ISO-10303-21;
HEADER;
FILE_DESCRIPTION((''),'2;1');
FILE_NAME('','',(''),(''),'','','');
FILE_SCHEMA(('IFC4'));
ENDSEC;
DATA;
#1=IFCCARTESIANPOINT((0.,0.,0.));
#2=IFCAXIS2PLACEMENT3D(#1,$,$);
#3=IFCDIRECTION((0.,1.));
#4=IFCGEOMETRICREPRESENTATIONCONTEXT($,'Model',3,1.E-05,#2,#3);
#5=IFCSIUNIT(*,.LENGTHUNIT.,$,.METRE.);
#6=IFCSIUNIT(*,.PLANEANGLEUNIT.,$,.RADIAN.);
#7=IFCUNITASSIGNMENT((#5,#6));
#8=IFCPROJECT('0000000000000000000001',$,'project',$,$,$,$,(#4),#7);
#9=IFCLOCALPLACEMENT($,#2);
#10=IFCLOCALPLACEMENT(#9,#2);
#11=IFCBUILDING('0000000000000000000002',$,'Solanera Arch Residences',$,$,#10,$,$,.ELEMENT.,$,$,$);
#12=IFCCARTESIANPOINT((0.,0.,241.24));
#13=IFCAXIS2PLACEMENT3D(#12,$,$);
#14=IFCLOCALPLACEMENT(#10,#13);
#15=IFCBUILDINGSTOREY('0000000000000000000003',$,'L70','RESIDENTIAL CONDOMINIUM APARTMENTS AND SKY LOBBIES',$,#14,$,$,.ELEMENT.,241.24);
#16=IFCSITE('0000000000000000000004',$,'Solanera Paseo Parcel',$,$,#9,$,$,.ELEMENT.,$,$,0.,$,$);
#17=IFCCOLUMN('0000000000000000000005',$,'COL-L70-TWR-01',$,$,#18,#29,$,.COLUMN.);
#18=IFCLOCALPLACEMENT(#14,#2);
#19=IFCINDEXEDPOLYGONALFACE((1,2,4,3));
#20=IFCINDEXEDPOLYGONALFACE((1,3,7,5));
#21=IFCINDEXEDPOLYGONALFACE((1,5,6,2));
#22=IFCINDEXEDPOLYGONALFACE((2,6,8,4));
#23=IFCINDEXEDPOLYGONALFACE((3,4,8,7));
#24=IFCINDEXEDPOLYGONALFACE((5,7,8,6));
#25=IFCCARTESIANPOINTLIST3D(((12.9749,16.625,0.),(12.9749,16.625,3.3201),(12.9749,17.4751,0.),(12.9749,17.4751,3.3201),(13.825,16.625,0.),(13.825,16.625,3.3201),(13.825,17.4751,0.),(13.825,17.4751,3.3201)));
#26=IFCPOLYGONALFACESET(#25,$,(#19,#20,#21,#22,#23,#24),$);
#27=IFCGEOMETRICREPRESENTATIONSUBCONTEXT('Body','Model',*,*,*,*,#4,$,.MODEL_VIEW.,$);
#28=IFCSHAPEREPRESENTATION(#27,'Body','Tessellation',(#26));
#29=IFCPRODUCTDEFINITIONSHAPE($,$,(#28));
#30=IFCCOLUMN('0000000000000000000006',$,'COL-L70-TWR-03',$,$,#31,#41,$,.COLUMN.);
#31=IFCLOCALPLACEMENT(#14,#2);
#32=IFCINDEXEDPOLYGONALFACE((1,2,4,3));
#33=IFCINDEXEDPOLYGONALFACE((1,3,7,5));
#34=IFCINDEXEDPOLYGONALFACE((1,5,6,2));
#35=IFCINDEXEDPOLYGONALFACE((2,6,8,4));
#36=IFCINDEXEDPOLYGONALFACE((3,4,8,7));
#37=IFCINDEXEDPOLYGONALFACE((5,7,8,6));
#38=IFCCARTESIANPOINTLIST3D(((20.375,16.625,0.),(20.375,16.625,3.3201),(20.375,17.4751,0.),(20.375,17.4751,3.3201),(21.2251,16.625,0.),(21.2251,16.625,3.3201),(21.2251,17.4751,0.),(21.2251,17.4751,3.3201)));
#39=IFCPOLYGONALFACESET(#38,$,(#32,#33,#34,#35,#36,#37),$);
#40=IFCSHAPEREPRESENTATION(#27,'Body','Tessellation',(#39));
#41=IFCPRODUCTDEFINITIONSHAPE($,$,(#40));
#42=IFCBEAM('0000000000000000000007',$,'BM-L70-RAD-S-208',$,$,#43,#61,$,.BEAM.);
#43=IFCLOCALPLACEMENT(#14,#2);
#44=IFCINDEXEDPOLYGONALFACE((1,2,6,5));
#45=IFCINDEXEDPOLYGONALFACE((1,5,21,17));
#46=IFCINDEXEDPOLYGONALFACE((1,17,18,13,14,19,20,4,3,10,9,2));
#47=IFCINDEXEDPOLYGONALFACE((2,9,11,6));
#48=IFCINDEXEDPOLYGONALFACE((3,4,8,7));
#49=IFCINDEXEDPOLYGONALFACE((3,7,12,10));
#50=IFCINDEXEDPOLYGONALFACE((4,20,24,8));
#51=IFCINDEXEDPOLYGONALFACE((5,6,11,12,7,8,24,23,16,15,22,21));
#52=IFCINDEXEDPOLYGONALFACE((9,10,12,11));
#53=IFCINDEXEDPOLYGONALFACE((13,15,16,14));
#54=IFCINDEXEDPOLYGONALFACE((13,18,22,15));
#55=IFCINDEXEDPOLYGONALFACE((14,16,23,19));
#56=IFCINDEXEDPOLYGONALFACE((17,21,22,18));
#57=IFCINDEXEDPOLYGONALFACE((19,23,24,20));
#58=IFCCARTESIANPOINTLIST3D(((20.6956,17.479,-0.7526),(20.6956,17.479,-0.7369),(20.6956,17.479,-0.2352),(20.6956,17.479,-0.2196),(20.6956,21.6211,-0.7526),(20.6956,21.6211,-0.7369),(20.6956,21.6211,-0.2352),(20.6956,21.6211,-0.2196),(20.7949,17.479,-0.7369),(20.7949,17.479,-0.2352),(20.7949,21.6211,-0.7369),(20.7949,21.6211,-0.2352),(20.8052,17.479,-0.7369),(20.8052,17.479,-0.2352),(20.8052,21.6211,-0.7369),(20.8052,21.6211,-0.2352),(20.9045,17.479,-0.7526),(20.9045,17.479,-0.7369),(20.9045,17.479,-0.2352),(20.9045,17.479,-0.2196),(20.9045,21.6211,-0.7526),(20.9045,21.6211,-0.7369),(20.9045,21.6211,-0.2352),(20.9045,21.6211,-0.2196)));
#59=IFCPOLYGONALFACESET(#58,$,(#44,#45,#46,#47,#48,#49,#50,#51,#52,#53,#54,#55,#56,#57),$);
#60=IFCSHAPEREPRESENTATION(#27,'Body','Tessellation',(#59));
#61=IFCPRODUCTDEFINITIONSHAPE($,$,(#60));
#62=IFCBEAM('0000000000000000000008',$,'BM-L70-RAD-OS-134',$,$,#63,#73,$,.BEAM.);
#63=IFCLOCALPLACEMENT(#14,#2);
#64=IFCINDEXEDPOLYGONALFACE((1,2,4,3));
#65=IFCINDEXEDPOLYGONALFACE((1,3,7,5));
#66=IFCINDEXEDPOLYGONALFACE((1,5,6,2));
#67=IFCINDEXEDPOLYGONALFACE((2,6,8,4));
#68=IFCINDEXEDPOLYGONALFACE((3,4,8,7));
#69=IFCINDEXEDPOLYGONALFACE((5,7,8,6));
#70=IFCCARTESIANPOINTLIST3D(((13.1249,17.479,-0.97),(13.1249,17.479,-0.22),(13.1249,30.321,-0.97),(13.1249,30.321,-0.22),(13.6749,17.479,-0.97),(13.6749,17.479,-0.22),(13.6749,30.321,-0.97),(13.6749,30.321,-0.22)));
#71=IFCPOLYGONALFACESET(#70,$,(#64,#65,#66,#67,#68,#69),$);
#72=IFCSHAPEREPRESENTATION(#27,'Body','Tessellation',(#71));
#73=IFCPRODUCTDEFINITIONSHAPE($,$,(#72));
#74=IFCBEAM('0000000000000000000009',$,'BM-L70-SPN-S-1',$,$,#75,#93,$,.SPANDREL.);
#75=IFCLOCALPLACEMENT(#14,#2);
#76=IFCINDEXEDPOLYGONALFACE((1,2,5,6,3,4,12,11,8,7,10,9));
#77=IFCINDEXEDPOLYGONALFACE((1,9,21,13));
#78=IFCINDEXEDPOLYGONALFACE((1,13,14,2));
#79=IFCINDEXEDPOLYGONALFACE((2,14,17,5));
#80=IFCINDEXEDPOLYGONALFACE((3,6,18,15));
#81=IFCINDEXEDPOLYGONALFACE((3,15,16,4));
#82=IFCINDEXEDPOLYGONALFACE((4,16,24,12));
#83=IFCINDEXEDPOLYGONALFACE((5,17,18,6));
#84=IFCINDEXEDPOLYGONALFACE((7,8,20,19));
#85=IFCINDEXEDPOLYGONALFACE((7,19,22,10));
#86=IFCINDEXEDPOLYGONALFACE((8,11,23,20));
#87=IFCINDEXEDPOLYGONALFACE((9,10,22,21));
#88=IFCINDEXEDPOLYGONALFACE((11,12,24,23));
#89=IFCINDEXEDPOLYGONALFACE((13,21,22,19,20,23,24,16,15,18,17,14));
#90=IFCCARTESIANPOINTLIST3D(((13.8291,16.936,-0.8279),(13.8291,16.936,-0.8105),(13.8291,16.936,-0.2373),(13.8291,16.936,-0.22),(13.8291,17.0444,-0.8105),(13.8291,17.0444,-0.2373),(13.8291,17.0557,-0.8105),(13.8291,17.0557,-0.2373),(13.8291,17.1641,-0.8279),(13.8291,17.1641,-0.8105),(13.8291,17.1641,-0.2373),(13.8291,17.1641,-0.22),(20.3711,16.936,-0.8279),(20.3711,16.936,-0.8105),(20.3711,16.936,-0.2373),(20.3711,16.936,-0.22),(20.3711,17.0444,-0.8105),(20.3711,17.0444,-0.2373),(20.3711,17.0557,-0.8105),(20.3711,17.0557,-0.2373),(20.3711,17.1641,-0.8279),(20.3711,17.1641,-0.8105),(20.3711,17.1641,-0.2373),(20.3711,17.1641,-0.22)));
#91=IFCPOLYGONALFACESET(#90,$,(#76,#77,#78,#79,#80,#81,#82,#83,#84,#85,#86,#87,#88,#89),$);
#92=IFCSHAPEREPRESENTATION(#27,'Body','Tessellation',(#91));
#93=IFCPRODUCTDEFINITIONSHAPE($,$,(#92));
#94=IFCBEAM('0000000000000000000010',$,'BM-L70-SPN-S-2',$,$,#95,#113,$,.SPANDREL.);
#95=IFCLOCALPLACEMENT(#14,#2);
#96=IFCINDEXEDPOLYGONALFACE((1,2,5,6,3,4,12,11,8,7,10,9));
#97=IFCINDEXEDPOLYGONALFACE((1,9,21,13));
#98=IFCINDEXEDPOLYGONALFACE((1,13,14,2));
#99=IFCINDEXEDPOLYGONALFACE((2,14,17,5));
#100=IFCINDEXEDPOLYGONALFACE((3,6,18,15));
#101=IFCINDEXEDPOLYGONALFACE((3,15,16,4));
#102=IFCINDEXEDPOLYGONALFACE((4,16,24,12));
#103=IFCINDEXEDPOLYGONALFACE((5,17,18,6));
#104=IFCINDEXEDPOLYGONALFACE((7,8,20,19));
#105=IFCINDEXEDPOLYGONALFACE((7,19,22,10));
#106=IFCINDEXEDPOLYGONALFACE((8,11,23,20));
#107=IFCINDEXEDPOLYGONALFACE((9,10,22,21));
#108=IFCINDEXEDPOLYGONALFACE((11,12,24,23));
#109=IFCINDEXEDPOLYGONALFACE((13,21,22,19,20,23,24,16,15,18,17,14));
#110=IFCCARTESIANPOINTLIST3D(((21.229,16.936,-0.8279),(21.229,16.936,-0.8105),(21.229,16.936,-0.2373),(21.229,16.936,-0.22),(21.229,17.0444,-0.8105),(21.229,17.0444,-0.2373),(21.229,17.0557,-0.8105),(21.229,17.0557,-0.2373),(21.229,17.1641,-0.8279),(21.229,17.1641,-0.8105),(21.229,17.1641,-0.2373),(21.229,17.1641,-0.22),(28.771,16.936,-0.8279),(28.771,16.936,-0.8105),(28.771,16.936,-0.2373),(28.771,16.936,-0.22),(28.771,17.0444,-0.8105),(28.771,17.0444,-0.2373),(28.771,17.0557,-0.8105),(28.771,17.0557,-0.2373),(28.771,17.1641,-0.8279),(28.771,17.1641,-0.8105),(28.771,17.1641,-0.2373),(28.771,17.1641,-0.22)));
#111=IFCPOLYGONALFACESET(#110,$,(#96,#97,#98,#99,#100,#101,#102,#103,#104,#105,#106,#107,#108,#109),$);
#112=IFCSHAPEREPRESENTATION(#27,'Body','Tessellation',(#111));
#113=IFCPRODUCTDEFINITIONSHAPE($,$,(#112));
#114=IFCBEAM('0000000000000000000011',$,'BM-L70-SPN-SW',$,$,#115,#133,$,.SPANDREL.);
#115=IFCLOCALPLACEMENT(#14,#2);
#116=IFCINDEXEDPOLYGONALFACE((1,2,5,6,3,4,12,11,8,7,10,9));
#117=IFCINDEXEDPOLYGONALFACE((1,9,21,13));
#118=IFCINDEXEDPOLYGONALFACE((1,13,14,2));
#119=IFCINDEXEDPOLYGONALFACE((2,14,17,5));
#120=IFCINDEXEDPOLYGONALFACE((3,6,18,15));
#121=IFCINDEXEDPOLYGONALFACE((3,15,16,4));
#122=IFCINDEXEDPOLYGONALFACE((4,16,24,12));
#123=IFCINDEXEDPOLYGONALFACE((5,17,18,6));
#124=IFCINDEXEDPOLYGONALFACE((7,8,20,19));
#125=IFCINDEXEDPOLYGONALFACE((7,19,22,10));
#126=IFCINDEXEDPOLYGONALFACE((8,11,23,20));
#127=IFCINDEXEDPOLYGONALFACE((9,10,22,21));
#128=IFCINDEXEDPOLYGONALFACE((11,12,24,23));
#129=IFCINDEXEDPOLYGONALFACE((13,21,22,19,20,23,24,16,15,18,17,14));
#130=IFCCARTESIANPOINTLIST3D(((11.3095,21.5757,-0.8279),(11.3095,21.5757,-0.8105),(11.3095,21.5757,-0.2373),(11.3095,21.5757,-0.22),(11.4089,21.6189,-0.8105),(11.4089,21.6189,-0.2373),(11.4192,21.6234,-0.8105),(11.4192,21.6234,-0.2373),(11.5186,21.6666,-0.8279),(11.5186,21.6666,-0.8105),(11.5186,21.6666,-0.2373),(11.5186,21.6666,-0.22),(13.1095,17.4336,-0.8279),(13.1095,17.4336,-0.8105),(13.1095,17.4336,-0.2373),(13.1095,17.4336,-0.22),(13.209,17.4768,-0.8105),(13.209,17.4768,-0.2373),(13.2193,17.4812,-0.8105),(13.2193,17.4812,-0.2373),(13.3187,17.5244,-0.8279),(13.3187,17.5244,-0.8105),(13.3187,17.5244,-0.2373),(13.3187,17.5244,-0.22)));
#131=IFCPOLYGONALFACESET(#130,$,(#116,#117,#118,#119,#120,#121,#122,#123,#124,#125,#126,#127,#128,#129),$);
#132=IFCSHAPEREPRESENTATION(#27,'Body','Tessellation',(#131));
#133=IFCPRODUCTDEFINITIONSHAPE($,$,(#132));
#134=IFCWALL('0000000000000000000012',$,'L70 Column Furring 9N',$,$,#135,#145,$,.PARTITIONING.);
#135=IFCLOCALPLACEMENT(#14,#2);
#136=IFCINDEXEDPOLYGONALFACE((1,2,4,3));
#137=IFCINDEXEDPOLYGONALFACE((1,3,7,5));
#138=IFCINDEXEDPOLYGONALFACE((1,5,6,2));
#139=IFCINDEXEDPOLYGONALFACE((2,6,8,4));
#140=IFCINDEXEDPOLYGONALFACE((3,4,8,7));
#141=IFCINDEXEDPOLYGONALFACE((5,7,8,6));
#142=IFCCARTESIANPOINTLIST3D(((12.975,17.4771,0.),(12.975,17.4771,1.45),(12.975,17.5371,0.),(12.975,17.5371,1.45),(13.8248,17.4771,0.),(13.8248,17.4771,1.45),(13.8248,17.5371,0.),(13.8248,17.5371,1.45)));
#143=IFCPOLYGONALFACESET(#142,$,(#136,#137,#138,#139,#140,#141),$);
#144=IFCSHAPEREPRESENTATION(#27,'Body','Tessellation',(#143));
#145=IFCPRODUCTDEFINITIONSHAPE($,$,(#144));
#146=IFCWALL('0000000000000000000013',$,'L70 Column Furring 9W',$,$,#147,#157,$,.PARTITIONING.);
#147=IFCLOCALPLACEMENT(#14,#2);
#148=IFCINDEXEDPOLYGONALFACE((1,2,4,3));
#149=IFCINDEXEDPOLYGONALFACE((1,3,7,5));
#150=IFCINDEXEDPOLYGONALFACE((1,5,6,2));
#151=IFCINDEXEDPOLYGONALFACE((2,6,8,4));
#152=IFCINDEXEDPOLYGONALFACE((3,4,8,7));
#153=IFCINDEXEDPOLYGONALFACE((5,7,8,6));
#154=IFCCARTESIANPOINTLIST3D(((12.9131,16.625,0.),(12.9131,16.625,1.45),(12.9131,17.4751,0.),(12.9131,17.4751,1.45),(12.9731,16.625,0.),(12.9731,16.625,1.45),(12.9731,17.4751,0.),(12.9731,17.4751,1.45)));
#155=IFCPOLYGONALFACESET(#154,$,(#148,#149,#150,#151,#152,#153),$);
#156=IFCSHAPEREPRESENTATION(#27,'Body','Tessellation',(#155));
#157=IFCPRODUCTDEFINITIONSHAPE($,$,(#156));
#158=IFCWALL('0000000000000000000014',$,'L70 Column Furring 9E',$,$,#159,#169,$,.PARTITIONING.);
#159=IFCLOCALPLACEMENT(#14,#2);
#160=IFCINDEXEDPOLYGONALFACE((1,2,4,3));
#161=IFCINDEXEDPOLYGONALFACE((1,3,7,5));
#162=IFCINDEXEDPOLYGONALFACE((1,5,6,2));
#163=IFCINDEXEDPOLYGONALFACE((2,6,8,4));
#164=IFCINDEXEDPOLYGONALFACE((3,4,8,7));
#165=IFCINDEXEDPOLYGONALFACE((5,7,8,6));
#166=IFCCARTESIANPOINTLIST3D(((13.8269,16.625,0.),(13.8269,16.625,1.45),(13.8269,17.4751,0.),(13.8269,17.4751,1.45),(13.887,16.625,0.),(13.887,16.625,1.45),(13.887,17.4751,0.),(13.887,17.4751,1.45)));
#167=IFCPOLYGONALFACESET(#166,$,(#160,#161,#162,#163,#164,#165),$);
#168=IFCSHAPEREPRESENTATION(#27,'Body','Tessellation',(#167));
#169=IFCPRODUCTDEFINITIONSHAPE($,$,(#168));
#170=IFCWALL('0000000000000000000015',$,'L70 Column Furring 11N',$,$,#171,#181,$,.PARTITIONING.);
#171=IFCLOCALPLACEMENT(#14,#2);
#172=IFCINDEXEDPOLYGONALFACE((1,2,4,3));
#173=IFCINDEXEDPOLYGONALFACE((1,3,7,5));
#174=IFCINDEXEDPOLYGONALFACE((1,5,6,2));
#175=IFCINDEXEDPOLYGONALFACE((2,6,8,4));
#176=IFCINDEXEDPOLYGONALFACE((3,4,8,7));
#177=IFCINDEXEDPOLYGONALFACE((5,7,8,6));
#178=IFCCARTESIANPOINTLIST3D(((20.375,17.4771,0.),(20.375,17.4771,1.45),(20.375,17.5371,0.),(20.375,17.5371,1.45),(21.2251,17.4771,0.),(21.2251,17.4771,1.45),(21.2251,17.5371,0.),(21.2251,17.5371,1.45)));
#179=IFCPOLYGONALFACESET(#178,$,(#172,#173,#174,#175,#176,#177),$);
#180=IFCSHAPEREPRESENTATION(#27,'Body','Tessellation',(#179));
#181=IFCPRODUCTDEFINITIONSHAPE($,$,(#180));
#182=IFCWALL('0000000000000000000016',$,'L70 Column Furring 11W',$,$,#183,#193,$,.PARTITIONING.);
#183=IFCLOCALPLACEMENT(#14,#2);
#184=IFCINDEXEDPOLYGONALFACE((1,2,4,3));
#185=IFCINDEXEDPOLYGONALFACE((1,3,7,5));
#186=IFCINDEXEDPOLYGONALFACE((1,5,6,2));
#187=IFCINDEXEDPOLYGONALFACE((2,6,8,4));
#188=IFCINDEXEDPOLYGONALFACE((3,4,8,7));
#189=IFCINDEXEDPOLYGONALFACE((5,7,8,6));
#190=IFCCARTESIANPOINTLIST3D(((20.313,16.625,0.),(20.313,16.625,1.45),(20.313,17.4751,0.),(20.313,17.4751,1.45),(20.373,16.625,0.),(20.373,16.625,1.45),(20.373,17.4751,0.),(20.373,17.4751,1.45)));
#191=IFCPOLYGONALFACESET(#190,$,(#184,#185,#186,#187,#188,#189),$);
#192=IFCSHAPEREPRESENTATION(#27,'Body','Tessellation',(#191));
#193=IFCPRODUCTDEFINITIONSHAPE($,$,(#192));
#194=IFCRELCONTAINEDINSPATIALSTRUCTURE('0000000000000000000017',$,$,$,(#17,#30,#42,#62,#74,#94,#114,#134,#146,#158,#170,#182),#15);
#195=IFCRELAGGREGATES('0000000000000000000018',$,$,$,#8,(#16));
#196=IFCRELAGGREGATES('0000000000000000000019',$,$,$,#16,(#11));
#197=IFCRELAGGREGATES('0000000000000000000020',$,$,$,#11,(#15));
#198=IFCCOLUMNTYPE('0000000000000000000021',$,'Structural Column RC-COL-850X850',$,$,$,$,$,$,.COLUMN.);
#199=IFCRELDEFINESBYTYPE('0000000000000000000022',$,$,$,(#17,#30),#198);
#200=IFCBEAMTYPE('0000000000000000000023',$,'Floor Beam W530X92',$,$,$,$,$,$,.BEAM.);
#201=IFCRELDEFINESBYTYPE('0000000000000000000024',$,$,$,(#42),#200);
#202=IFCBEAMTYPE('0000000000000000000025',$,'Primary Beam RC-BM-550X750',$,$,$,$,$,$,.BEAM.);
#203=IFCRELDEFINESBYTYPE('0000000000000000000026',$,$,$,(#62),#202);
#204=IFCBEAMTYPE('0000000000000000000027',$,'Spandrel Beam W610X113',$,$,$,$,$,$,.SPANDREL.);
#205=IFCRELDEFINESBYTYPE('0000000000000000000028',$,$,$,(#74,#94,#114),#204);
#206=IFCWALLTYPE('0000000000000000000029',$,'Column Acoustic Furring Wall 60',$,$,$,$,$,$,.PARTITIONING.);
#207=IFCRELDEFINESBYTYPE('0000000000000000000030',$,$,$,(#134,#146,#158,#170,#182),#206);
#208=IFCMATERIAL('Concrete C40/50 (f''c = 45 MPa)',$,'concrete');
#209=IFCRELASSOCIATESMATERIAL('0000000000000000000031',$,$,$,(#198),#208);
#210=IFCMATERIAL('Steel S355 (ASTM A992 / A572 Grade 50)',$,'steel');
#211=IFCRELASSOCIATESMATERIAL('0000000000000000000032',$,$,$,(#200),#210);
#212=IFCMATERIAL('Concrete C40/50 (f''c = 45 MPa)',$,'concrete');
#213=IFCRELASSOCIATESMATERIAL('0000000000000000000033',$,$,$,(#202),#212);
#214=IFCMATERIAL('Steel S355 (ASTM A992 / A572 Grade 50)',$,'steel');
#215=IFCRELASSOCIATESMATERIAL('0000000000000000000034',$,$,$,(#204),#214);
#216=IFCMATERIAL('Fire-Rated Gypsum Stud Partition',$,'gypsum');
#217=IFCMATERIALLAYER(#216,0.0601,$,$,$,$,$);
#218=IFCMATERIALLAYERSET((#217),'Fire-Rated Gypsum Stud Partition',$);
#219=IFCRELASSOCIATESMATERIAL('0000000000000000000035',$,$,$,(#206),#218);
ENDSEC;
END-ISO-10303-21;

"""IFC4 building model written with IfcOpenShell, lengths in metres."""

from ifc_helpers import new_model, si_unit, direction, frame, frame_2d, origin, origin_2d, place, context, subcontext, project, spatial, rectangle, i_section, extrude, material, layer, layer_set, material_profile, profile_set, type_object, element, save


model = new_model("IFC4")

# Units and contexts
model_context = context("Model", 3, precision=1e-05, world=origin(), true_north=direction((0.0, 1.0)))
body_context = subcontext(model_context, "Body", "Model", "MODEL_VIEW")
ifc_project = project(units=[si_unit("LENGTHUNIT", "METRE"), si_unit("PLANEANGLEUNIT", "RADIAN")], contexts=[model_context])

# Site, building, storey
site_placement = place(None, origin())
site = spatial("IfcSite", under=ifc_project, at=site_placement, Name="Solanera Paseo Parcel", CompositionType="ELEMENT", RefElevation=0.0)
building_placement = place(site_placement, origin())
building = spatial("IfcBuilding", under=site, at=building_placement, Name="Solanera Arch Residences", CompositionType="ELEMENT")
storey_placement = place(building_placement, frame((0.0, 0.0, 241.24)))
storey = spatial("IfcBuildingStorey", under=building, at=storey_placement, Name="L70", Description="RESIDENTIAL CONDOMINIUM APARTMENTS AND SKY LOBBIES", CompositionType="ELEMENT", Elevation=241.24)

# Columns
ifc_material_1 = material(Name="Concrete C40/50 (f'c = 45 MPa)", Category="concrete")
ifc_material_profile_1 = material_profile(ifc_material_1, rectangle(XDim=0.8501, YDim=0.8501, at=origin_2d()))
ifc_profile_set_1 = profile_set([ifc_material_profile_1], Name="Concrete C40/50 (f'c = 45 MPa)")
column_type = type_object("IfcColumnType", Name="Structural Column RC-COL-850X850", PredefinedType="COLUMN", material=ifc_profile_set_1)
for number, where, z_axis, x_axis, name in (
    (1, (13.3999, 17.05, 0.0), (0.0, 0.0, 1.0), (1.0, 0.0, 0.0), "COL-L70-TWR-01"),
    (2, (20.8, 17.05, 0.0), (0.0, 0.0, 1.0), (1.0, 0.0, 0.0), "COL-L70-TWR-03"),
):
    element("IfcColumn", number, at=place(storey_placement, frame(where, z_axis=z_axis, x_axis=x_axis)), inside=storey, type_object=column_type, Name=name, PredefinedType="COLUMN", context=body_context, shape_type="SweptSolid", body=[
        extrude(rectangle(XDim=0.8501, YDim=0.8501, at=origin_2d()), origin(), (0.0, 0.0, 1.0), 3.3201),
    ])

# Beams
ifc_material_2 = material(Name="Steel S355 (ASTM A992 / A572 Grade 50)", Category="steel")
ifc_material_profile_2 = material_profile(ifc_material_2, i_section(OverallWidth=0.209, OverallDepth=0.533, WebThickness=0.0103, FlangeThickness=0.0156, at=origin_2d()))
ifc_profile_set_2 = profile_set([ifc_material_profile_2], Name="Steel S355 (ASTM A992 / A572 Grade 50)")
beam_type_1 = type_object("IfcBeamType", Name="Floor Beam W530X92", PredefinedType="BEAM", material=ifc_profile_set_2)
beam_1_placement = place(storey_placement, frame((20.8, 17.479, -0.4861), z_axis=(0.0, 1.0, 0.0), x_axis=(-1.0, 0.0, 0.0)))
element("IfcBeam", 3, at=beam_1_placement, inside=storey, type_object=beam_type_1, Name="BM-L70-RAD-S-208", PredefinedType="BEAM", context=body_context, shape_type="SweptSolid", body=[
    extrude(i_section(OverallWidth=0.209, OverallDepth=0.533, WebThickness=0.0103, FlangeThickness=0.0156, at=origin_2d()), origin(), (0.0, 0.0, 1.0), 4.1421),
])
ifc_material_3 = material(Name="Concrete C40/50 (f'c = 45 MPa)", Category="concrete")
ifc_material_profile_3 = material_profile(ifc_material_3, rectangle(XDim=0.55, YDim=0.75, at=origin_2d()))
ifc_profile_set_3 = profile_set([ifc_material_profile_3], Name="Concrete C40/50 (f'c = 45 MPa)")
beam_type_2 = type_object("IfcBeamType", Name="Primary Beam RC-BM-550X750", PredefinedType="BEAM", material=ifc_profile_set_3)
beam_2_placement = place(storey_placement, frame((13.3999, 17.479, -0.595), z_axis=(0.0, 1.0, 0.0), x_axis=(-1.0, 0.0, 0.0)))
element("IfcBeam", 4, at=beam_2_placement, inside=storey, type_object=beam_type_2, Name="BM-L70-RAD-OS-134", PredefinedType="BEAM", context=body_context, shape_type="SweptSolid", body=[
    extrude(rectangle(XDim=0.55, YDim=0.75, at=origin_2d()), origin(), (0.0, 0.0, 1.0), 12.842),
])
ifc_material_4 = material(Name="Steel S355 (ASTM A992 / A572 Grade 50)", Category="steel")
ifc_material_profile_4 = material_profile(ifc_material_4, i_section(OverallWidth=0.228, OverallDepth=0.6079, WebThickness=0.0112, FlangeThickness=0.0173, at=origin_2d()))
ifc_profile_set_4 = profile_set([ifc_material_profile_4], Name="Steel S355 (ASTM A992 / A572 Grade 50)")
beam_type_3 = type_object("IfcBeamType", Name="Spandrel Beam W610X113", PredefinedType="SPANDREL", material=ifc_profile_set_4)
beam_3_placement = place(storey_placement, frame((13.8291, 17.05, -0.5239), z_axis=(1.0, 0.0, 0.0), x_axis=(0.0, 1.0, 0.0)))
element("IfcBeam", 5, at=beam_3_placement, inside=storey, type_object=beam_type_3, Name="BM-L70-SPN-S-1", PredefinedType="SPANDREL", context=body_context, shape_type="SweptSolid", body=[
    extrude(i_section(OverallWidth=0.228, OverallDepth=0.6079, WebThickness=0.0112, FlangeThickness=0.0173, at=origin_2d()), origin(), (0.0, 0.0, 1.0), 6.542),
])
beam_4_placement = place(storey_placement, frame((21.229, 17.05, -0.5239), z_axis=(1.0, 0.0, 0.0), x_axis=(0.0, 1.0, 0.0)))
element("IfcBeam", 6, at=beam_4_placement, inside=storey, type_object=beam_type_3, Name="BM-L70-SPN-S-2", PredefinedType="SPANDREL", context=body_context, shape_type="SweptSolid", body=[
    extrude(i_section(OverallWidth=0.228, OverallDepth=0.6079, WebThickness=0.0112, FlangeThickness=0.0173, at=origin_2d()), origin(), (0.0, 0.0, 1.0), 7.542),
])
beam_5_placement = place(storey_placement, frame((13.2141, 17.479, -0.5239), z_axis=(-0.398566, 0.91714, 0.0), x_axis=(-0.91714, -0.398566, 0.0)))
element("IfcBeam", 7, at=beam_5_placement, inside=storey, type_object=beam_type_3, Name="BM-L70-SPN-SW", PredefinedType="SPANDREL", context=body_context, shape_type="SweptSolid", body=[
    extrude(i_section(OverallWidth=0.228, OverallDepth=0.6079, WebThickness=0.0112, FlangeThickness=0.0173, at=origin_2d()), origin(), (0.0, 0.0, 1.0), 4.5164),
])

# Walls
ifc_material_5 = material(Name="Fire-Rated Gypsum Stud Partition", Category="gypsum")
ifc_layer_1 = layer(ifc_material_5, 0.0601)
ifc_layer_set_1 = layer_set([ifc_layer_1], Name="Fire-Rated Gypsum Stud Partition")
wall_type_1 = type_object("IfcWallType", Name="Column Acoustic Furring Wall 60", PredefinedType="PARTITIONING", material=ifc_layer_set_1)
wall_1_placement = place(storey_placement, frame((12.9751, 17.5071, 0.0), z_axis=(0.0, 0.0, 1.0), x_axis=(1.0, 0.0, 0.0)))
element("IfcWall", 8, at=wall_1_placement, inside=storey, type_object=wall_type_1, Name="L70 Column Furring 9N", PredefinedType="PARTITIONING", context=body_context, shape_type="SweptSolid", body=[
    extrude(rectangle(XDim=0.8499, YDim=0.0601, at=frame_2d((0.4248, 0.0))), origin(), (0.0, 0.0, 1.0), 1.45),
])
for number, where, z_axis, x_axis, name in (
    (9, (12.9431, 16.625, 0.0), (0.0, 0.0, 1.0), (0.0, 1.0, 0.0), "L70 Column Furring 9W"),
    (10, (13.8569, 16.625, 0.0), (0.0, 0.0, 1.0), (0.0, 1.0, 0.0), "L70 Column Furring 9E"),
    (11, (20.375, 17.5071, 0.0), (0.0, 0.0, 1.0), (1.0, 0.0, 0.0), "L70 Column Furring 11N"),
    (12, (20.343, 16.625, 0.0), (0.0, 0.0, 1.0), (0.0, 1.0, 0.0), "L70 Column Furring 11W"),
):
    element("IfcWall", number, at=place(storey_placement, frame(where, z_axis=z_axis, x_axis=x_axis)), inside=storey, type_object=wall_type_1, Name=name, PredefinedType="PARTITIONING", context=body_context, shape_type="SweptSolid", body=[
        extrude(rectangle(XDim=0.8501, YDim=0.0601, at=frame_2d((0.425, 0.0))), origin(), (0.0, 0.0, 1.0), 1.45),
    ])

save(model, "model.ifc")
